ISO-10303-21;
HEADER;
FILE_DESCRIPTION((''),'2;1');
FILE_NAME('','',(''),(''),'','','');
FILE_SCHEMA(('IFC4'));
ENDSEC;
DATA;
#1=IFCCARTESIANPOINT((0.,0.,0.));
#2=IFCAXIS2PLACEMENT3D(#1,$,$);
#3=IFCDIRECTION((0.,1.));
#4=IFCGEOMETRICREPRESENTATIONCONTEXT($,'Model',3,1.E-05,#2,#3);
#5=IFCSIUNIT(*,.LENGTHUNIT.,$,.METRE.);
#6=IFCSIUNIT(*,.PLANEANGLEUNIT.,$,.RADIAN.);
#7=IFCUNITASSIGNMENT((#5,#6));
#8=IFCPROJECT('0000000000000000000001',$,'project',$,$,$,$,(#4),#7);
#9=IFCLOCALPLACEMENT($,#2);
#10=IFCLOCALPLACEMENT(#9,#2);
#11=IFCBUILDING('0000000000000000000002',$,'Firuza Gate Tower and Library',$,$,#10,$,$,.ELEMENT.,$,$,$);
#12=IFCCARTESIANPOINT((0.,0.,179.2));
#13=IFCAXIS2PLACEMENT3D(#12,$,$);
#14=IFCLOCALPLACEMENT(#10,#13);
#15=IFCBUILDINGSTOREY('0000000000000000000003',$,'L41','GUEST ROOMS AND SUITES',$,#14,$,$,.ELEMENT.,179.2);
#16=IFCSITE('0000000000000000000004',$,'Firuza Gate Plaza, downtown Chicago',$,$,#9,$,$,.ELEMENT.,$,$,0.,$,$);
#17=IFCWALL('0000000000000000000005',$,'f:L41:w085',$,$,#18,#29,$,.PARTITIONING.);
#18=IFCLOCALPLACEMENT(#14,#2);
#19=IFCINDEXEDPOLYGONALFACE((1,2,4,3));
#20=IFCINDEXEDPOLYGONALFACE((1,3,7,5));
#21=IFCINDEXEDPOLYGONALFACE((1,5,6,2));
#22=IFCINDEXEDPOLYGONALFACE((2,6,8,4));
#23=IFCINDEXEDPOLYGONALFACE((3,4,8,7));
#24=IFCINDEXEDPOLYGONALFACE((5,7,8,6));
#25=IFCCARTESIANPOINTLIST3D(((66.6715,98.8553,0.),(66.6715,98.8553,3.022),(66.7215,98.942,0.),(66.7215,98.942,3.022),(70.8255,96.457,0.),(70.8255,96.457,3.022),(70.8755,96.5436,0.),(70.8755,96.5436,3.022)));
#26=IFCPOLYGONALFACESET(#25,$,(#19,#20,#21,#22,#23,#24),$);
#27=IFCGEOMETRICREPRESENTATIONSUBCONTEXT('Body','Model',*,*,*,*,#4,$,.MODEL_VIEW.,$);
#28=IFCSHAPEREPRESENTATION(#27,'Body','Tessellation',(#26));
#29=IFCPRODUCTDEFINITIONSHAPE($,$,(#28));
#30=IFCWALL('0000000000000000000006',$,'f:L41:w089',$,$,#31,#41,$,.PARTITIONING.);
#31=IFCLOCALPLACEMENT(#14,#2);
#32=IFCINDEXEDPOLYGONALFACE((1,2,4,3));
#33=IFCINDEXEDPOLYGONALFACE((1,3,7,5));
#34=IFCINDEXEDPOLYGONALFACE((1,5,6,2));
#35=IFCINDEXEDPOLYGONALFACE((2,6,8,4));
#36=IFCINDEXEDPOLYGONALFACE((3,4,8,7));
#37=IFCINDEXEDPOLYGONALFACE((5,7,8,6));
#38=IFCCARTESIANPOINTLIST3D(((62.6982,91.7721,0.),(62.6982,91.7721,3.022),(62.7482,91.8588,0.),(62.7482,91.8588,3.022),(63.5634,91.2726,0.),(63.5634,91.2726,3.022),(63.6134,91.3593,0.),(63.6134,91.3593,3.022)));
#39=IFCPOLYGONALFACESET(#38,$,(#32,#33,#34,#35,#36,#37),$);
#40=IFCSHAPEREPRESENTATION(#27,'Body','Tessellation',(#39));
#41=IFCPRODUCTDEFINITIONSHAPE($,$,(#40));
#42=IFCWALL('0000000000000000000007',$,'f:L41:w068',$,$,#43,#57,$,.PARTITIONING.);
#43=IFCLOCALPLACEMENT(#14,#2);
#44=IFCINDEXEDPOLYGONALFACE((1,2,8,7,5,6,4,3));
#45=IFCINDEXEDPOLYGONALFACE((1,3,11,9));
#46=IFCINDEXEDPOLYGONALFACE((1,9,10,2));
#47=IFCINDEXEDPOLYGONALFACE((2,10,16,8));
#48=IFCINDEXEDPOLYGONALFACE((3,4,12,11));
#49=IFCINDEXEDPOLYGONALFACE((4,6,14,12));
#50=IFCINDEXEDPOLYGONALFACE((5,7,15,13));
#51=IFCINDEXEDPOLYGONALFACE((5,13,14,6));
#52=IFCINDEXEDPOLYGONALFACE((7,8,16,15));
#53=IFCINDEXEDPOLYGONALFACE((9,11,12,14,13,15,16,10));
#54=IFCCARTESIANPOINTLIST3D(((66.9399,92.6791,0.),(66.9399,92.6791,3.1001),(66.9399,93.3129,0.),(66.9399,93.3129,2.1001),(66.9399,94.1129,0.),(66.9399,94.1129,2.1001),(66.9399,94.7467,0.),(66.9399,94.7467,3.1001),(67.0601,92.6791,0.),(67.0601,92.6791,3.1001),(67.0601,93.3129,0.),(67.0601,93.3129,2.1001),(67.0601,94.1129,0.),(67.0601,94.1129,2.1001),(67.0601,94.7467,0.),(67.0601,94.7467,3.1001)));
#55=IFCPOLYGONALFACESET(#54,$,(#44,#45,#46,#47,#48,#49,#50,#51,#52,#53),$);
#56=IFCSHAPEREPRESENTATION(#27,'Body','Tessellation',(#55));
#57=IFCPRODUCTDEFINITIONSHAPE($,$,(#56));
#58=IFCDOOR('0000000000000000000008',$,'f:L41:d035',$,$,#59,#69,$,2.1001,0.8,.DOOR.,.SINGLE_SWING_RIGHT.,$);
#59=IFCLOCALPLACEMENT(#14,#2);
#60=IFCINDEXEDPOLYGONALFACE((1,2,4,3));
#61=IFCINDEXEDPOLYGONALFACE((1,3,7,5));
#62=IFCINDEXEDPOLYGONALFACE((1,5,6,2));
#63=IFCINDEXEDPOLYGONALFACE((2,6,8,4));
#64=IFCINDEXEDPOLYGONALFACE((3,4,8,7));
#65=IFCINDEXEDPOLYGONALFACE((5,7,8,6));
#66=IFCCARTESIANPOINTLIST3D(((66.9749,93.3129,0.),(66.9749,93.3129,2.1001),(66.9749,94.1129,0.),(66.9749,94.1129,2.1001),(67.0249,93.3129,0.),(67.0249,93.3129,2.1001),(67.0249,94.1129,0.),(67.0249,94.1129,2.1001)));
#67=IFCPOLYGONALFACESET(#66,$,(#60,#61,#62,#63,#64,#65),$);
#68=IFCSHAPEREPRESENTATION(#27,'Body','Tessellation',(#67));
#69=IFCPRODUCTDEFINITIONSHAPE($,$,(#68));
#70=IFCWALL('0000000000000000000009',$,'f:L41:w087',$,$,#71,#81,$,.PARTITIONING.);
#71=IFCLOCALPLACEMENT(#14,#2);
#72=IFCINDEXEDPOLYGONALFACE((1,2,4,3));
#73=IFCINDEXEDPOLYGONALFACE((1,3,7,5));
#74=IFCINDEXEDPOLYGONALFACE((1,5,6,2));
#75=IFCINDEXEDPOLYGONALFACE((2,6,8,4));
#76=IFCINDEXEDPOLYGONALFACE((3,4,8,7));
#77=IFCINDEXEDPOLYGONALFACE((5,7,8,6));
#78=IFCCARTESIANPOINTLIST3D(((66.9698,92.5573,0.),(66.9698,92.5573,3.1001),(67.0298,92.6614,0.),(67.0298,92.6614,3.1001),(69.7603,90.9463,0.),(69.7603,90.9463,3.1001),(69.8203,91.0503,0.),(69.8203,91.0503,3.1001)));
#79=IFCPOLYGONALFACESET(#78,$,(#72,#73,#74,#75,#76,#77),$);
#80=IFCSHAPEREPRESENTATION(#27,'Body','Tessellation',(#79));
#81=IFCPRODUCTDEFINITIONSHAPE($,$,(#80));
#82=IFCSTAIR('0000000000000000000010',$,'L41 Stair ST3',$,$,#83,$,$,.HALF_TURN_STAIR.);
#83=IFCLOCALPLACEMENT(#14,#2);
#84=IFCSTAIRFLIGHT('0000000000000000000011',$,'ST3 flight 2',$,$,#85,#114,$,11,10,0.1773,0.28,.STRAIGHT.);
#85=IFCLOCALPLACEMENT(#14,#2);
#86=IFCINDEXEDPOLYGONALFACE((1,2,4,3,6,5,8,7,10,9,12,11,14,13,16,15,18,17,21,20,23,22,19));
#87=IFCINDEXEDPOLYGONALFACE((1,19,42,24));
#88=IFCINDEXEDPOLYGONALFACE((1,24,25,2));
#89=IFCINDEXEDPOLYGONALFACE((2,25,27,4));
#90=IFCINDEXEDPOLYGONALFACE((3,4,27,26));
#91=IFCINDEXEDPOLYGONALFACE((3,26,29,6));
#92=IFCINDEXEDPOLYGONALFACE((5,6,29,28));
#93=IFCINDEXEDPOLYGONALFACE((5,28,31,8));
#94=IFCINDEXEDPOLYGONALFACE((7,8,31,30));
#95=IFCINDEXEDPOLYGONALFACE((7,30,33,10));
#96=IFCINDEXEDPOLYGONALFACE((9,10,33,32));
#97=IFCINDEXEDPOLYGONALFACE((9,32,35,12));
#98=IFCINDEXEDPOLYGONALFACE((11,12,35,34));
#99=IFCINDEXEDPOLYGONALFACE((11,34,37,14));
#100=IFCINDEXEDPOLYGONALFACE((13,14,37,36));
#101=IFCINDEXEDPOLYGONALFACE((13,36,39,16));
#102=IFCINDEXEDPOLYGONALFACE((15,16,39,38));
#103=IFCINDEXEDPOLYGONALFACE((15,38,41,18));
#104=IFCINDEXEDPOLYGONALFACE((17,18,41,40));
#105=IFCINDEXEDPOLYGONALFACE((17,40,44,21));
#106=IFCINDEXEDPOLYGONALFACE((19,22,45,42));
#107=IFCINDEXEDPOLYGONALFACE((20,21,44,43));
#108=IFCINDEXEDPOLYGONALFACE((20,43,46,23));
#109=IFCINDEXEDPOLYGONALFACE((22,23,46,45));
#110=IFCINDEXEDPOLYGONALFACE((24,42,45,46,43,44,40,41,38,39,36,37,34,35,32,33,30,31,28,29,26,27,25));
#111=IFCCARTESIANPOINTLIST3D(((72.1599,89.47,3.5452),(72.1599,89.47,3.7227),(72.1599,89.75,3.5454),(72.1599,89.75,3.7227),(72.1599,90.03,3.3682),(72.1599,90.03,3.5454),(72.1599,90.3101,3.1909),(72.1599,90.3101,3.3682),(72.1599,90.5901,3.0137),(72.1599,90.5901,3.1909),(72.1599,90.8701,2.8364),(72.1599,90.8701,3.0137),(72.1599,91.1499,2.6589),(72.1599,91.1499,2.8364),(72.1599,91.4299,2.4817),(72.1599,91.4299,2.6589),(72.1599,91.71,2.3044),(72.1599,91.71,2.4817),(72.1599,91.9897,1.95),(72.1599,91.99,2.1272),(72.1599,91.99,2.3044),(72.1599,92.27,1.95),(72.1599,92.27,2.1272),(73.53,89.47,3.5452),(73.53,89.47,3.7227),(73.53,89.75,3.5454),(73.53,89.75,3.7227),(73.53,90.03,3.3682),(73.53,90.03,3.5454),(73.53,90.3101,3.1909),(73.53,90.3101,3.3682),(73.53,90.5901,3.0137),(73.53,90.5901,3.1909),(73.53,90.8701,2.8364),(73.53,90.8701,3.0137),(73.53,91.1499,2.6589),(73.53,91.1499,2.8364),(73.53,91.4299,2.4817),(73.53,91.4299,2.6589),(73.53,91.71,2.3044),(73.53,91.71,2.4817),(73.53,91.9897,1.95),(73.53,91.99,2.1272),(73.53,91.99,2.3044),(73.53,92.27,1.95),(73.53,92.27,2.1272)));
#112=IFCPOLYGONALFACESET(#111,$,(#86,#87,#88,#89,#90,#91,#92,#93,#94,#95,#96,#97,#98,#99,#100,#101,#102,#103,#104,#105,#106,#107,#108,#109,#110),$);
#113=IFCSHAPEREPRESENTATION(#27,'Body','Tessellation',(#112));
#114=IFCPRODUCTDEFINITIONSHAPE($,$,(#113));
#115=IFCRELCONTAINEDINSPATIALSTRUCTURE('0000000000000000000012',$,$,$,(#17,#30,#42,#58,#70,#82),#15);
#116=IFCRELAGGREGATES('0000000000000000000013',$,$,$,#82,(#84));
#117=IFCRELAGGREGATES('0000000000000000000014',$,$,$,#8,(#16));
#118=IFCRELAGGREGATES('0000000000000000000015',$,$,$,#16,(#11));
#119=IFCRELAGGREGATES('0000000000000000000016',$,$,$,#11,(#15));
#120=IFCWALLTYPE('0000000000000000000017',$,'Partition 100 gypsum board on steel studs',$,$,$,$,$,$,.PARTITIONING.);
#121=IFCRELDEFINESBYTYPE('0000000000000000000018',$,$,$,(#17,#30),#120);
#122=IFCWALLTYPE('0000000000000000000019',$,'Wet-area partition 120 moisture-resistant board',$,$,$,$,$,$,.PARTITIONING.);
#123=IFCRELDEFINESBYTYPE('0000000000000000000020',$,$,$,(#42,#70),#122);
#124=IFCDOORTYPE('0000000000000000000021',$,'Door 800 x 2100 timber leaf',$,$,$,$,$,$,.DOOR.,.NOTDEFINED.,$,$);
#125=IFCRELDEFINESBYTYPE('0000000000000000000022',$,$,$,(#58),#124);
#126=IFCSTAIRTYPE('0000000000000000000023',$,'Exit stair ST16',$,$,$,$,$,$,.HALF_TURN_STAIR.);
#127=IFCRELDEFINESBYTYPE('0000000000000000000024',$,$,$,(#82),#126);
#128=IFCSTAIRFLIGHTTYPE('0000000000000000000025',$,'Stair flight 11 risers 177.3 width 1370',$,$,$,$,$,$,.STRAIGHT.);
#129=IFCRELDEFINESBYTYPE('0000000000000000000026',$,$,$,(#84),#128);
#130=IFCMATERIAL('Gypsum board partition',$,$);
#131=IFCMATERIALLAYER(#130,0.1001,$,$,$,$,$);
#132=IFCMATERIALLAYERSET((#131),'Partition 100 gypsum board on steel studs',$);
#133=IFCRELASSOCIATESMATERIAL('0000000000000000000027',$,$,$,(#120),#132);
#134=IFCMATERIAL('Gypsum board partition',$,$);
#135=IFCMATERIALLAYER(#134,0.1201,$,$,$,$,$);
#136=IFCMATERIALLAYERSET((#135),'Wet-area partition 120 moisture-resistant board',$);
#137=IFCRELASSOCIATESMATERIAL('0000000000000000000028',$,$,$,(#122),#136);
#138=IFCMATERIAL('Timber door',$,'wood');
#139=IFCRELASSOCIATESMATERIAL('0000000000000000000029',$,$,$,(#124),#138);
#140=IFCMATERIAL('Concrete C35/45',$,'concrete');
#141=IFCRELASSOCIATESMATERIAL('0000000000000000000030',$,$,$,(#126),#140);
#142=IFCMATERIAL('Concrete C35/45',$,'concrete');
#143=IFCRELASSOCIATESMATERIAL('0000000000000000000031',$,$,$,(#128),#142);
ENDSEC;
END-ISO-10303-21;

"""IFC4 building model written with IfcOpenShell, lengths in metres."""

from ifc_helpers import new_model, si_unit, direction, frame, frame_2d, origin, place, context, subcontext, project, spatial, polyline, rectangle, outline, extrude, material, layer, layer_set, type_object, element, fill, aggregate, save


model = new_model("IFC4")

# Units and contexts
model_context = context("Model", 3, precision=1e-05, world=origin(), true_north=direction((0.0, 1.0)))
body_context = subcontext(model_context, "Body", "Model", "MODEL_VIEW")
ifc_project = project(units=[si_unit("LENGTHUNIT", "METRE"), si_unit("PLANEANGLEUNIT", "RADIAN")], contexts=[model_context])

# Site, building, storey
site_placement = place(None, origin())
site = spatial("IfcSite", under=ifc_project, at=site_placement, Name="Firuza Gate Plaza, downtown Chicago", CompositionType="ELEMENT", RefElevation=0.0)
building_placement = place(site_placement, origin())
building = spatial("IfcBuilding", under=site, at=building_placement, Name="Firuza Gate Tower and Library", CompositionType="ELEMENT")
storey_placement = place(building_placement, frame((0.0, 0.0, 179.2)))
storey = spatial("IfcBuildingStorey", under=building, at=storey_placement, Name="L41", Description="GUEST ROOMS AND SUITES", CompositionType="ELEMENT", Elevation=179.2)

# Shared definitions
placement = place(storey_placement, origin())

# Walls
ifc_material_1 = material(Name="Gypsum board partition")
ifc_layer_1 = layer(ifc_material_1, 0.1001)
ifc_layer_set_1 = layer_set([ifc_layer_1], Name="Partition 100 gypsum board on steel studs")
wall_type_1 = type_object("IfcWallType", Name="Partition 100 gypsum board on steel studs", PredefinedType="PARTITIONING", material=ifc_layer_set_1)
wall_1_placement = place(storey_placement, frame((70.8506, 96.5002, 0.0), z_axis=(0.0, 0.0, 1.0), x_axis=(-0.866017, 0.500015, 0.0)))
element("IfcWall", 1, at=wall_1_placement, inside=storey, type_object=wall_type_1, Name="f:L41:w085", PredefinedType="PARTITIONING", context=body_context, shape_type="SweptSolid", body=[
    extrude(rectangle(XDim=4.7966, YDim=0.1001, at=frame_2d((2.3984, 0.0))), origin(), (0.0, 0.0, 1.0), 3.022),
])
wall_2_placement = place(storey_placement, frame((63.5884, 91.3159, 0.0), z_axis=(0.0, 0.0, 1.0), x_axis=(-0.866039, 0.499976, 0.0)))
element("IfcWall", 2, at=wall_2_placement, inside=storey, type_object=wall_type_1, Name="f:L41:w089", PredefinedType="PARTITIONING", context=body_context, shape_type="SweptSolid", body=[
    extrude(rectangle(XDim=0.999, YDim=0.1001, at=frame_2d((0.4995, 0.0))), origin(), (0.0, 0.0, 1.0), 3.022),
])

# Wall, opening, door
ifc_material_2 = material(Name="Gypsum board partition")
ifc_layer_2 = layer(ifc_material_2, 0.1201)
ifc_layer_set_2 = layer_set([ifc_layer_2], Name="Wet-area partition 120 moisture-resistant board")
wall_type_2 = type_object("IfcWallType", Name="Wet-area partition 120 moisture-resistant board", PredefinedType="PARTITIONING", material=ifc_layer_set_2)
wall_3_placement = place(storey_placement, frame((67.0, 94.7466, 0.0), z_axis=(0.0, 0.0, 1.0), x_axis=(0.0, -1.0, 0.0)))
wall_3 = element("IfcWall", 3, at=wall_3_placement, inside=storey, type_object=wall_type_2, Name="f:L41:w068", PredefinedType="PARTITIONING", context=body_context, shape_type="SweptSolid", body=[
    extrude(rectangle(XDim=2.0676, YDim=0.1201, at=frame_2d((1.0337, 0.0))), origin(), (0.0, 0.0, 1.0), 3.1001),
])
opening_1_placement = place(wall_3_placement, frame((0.6338, 0.0, 0.0)))
opening_1 = element("IfcOpeningElement", 4, at=opening_1_placement, cuts=wall_3, PredefinedType="OPENING", context=body_context, shape_type="SweptSolid", body=[
    extrude(rectangle(XDim=0.8, YDim=2.1001, at=frame_2d((0.3999, 1.05))), frame((0.0, 0.0701, 0.0), z_axis=(0.0, -1.0, 0.0), x_axis=(1.0, 0.0, 0.0)), (0.0, 0.0, 1.0), 0.1401),
])
ifc_material_3 = material(Name="Timber door", Category="wood")
door_type_1 = type_object("IfcDoorType", Name="Door 800 x 2100 timber leaf", OperationType="NOTDEFINED", PredefinedType="DOOR", material=ifc_material_3)
door_1_placement = place(opening_1_placement, origin())
door_1 = element("IfcDoor", 5, at=door_1_placement, inside=storey, type_object=door_type_1, Name="f:L41:d035", OperationType="SINGLE_SWING_RIGHT", OverallHeight=2.1001, OverallWidth=0.8, PredefinedType="DOOR", context=body_context, shape_type="SweptSolid", body=[
    extrude(rectangle(XDim=0.8, YDim=2.1001, at=frame_2d((0.3999, 1.05))), frame((0.0, 0.0249, 0.0), z_axis=(0.0, -1.0, 0.0), x_axis=(1.0, 0.0, 0.0)), (0.0, 0.0, 1.0), 0.05),
])
fill(opening_1, door_1)

# Wall
wall_4_placement = place(storey_placement, frame((69.7903, 90.9983, 0.0), z_axis=(0.0, 0.0, 1.0), x_axis=(-0.866029, 0.499994, 0.0)))
element("IfcWall", 6, at=wall_4_placement, inside=storey, type_object=wall_type_2, Name="f:L41:w087", PredefinedType="PARTITIONING", context=body_context, shape_type="SweptSolid", body=[
    extrude(rectangle(XDim=3.2222, YDim=0.1201, at=frame_2d((1.6111, 0.0))), origin(), (0.0, 0.0, 1.0), 3.1001),
])

# Stair, stair flight
ifc_material_4 = material(Name="Concrete C35/45", Category="concrete")
stair_type = type_object("IfcStairType", Name="Exit stair ST16", PredefinedType="HALF_TURN_STAIR", material=ifc_material_4)
stair = element("IfcStair", 7, at=placement, inside=storey, type_object=stair_type, Name="L41 Stair ST3", PredefinedType="HALF_TURN_STAIR")
ifc_material_5 = material(Name="Concrete C35/45", Category="concrete")
stair_flight_type = type_object("IfcStairFlightType", Name="Stair flight 11 risers 177.3 width 1370", PredefinedType="STRAIGHT", material=ifc_material_5)
stair_flight_placement = place(storey_placement, frame((72.845, 92.27, 1.95), z_axis=(0.0, 0.0, 1.0), x_axis=(0.0, -1.0, 0.0)))
stair_flight = element("IfcStairFlight", 8, at=stair_flight_placement, type_object=stair_flight_type, Name="ST3 flight 2", NumberOfRisers=11, NumberOfTreads=10, PredefinedType="STRAIGHT", RiserHeight=0.1773, TreadLength=0.28, context=body_context, shape_type="SweptSolid", body=[
    extrude(outline(polyline([(0.0, 0.0), (0.0, 0.1772), (0.28, 0.1772), (0.28, 0.3545), (0.5601, 0.3545), (0.5601, 0.5317), (0.8401, 0.5317), (0.8401, 0.709), (1.1201, 0.709), (1.1201, 0.8865), (1.3999, 0.8865), (1.3999, 1.0637), (1.6799, 1.0637), (1.6799, 1.241), (1.96, 1.241), (1.96, 1.4182), (2.24, 1.4182), (2.24, 1.5955), (2.52, 1.5955), (2.52, 1.7727), (2.8, 1.7727), (2.8, 1.95), (2.8, 1.5952), (0.2803, 0.0), (0.0, 0.0)])), frame((0.0, 0.6851, 0.0), z_axis=(0.0, -1.0, 0.0), x_axis=(1.0, 0.0, 0.0)), (0.0, 0.0, 1.0), 1.3701),
])
aggregate(stair, [stair_flight])

save(model, "model.ifc")
